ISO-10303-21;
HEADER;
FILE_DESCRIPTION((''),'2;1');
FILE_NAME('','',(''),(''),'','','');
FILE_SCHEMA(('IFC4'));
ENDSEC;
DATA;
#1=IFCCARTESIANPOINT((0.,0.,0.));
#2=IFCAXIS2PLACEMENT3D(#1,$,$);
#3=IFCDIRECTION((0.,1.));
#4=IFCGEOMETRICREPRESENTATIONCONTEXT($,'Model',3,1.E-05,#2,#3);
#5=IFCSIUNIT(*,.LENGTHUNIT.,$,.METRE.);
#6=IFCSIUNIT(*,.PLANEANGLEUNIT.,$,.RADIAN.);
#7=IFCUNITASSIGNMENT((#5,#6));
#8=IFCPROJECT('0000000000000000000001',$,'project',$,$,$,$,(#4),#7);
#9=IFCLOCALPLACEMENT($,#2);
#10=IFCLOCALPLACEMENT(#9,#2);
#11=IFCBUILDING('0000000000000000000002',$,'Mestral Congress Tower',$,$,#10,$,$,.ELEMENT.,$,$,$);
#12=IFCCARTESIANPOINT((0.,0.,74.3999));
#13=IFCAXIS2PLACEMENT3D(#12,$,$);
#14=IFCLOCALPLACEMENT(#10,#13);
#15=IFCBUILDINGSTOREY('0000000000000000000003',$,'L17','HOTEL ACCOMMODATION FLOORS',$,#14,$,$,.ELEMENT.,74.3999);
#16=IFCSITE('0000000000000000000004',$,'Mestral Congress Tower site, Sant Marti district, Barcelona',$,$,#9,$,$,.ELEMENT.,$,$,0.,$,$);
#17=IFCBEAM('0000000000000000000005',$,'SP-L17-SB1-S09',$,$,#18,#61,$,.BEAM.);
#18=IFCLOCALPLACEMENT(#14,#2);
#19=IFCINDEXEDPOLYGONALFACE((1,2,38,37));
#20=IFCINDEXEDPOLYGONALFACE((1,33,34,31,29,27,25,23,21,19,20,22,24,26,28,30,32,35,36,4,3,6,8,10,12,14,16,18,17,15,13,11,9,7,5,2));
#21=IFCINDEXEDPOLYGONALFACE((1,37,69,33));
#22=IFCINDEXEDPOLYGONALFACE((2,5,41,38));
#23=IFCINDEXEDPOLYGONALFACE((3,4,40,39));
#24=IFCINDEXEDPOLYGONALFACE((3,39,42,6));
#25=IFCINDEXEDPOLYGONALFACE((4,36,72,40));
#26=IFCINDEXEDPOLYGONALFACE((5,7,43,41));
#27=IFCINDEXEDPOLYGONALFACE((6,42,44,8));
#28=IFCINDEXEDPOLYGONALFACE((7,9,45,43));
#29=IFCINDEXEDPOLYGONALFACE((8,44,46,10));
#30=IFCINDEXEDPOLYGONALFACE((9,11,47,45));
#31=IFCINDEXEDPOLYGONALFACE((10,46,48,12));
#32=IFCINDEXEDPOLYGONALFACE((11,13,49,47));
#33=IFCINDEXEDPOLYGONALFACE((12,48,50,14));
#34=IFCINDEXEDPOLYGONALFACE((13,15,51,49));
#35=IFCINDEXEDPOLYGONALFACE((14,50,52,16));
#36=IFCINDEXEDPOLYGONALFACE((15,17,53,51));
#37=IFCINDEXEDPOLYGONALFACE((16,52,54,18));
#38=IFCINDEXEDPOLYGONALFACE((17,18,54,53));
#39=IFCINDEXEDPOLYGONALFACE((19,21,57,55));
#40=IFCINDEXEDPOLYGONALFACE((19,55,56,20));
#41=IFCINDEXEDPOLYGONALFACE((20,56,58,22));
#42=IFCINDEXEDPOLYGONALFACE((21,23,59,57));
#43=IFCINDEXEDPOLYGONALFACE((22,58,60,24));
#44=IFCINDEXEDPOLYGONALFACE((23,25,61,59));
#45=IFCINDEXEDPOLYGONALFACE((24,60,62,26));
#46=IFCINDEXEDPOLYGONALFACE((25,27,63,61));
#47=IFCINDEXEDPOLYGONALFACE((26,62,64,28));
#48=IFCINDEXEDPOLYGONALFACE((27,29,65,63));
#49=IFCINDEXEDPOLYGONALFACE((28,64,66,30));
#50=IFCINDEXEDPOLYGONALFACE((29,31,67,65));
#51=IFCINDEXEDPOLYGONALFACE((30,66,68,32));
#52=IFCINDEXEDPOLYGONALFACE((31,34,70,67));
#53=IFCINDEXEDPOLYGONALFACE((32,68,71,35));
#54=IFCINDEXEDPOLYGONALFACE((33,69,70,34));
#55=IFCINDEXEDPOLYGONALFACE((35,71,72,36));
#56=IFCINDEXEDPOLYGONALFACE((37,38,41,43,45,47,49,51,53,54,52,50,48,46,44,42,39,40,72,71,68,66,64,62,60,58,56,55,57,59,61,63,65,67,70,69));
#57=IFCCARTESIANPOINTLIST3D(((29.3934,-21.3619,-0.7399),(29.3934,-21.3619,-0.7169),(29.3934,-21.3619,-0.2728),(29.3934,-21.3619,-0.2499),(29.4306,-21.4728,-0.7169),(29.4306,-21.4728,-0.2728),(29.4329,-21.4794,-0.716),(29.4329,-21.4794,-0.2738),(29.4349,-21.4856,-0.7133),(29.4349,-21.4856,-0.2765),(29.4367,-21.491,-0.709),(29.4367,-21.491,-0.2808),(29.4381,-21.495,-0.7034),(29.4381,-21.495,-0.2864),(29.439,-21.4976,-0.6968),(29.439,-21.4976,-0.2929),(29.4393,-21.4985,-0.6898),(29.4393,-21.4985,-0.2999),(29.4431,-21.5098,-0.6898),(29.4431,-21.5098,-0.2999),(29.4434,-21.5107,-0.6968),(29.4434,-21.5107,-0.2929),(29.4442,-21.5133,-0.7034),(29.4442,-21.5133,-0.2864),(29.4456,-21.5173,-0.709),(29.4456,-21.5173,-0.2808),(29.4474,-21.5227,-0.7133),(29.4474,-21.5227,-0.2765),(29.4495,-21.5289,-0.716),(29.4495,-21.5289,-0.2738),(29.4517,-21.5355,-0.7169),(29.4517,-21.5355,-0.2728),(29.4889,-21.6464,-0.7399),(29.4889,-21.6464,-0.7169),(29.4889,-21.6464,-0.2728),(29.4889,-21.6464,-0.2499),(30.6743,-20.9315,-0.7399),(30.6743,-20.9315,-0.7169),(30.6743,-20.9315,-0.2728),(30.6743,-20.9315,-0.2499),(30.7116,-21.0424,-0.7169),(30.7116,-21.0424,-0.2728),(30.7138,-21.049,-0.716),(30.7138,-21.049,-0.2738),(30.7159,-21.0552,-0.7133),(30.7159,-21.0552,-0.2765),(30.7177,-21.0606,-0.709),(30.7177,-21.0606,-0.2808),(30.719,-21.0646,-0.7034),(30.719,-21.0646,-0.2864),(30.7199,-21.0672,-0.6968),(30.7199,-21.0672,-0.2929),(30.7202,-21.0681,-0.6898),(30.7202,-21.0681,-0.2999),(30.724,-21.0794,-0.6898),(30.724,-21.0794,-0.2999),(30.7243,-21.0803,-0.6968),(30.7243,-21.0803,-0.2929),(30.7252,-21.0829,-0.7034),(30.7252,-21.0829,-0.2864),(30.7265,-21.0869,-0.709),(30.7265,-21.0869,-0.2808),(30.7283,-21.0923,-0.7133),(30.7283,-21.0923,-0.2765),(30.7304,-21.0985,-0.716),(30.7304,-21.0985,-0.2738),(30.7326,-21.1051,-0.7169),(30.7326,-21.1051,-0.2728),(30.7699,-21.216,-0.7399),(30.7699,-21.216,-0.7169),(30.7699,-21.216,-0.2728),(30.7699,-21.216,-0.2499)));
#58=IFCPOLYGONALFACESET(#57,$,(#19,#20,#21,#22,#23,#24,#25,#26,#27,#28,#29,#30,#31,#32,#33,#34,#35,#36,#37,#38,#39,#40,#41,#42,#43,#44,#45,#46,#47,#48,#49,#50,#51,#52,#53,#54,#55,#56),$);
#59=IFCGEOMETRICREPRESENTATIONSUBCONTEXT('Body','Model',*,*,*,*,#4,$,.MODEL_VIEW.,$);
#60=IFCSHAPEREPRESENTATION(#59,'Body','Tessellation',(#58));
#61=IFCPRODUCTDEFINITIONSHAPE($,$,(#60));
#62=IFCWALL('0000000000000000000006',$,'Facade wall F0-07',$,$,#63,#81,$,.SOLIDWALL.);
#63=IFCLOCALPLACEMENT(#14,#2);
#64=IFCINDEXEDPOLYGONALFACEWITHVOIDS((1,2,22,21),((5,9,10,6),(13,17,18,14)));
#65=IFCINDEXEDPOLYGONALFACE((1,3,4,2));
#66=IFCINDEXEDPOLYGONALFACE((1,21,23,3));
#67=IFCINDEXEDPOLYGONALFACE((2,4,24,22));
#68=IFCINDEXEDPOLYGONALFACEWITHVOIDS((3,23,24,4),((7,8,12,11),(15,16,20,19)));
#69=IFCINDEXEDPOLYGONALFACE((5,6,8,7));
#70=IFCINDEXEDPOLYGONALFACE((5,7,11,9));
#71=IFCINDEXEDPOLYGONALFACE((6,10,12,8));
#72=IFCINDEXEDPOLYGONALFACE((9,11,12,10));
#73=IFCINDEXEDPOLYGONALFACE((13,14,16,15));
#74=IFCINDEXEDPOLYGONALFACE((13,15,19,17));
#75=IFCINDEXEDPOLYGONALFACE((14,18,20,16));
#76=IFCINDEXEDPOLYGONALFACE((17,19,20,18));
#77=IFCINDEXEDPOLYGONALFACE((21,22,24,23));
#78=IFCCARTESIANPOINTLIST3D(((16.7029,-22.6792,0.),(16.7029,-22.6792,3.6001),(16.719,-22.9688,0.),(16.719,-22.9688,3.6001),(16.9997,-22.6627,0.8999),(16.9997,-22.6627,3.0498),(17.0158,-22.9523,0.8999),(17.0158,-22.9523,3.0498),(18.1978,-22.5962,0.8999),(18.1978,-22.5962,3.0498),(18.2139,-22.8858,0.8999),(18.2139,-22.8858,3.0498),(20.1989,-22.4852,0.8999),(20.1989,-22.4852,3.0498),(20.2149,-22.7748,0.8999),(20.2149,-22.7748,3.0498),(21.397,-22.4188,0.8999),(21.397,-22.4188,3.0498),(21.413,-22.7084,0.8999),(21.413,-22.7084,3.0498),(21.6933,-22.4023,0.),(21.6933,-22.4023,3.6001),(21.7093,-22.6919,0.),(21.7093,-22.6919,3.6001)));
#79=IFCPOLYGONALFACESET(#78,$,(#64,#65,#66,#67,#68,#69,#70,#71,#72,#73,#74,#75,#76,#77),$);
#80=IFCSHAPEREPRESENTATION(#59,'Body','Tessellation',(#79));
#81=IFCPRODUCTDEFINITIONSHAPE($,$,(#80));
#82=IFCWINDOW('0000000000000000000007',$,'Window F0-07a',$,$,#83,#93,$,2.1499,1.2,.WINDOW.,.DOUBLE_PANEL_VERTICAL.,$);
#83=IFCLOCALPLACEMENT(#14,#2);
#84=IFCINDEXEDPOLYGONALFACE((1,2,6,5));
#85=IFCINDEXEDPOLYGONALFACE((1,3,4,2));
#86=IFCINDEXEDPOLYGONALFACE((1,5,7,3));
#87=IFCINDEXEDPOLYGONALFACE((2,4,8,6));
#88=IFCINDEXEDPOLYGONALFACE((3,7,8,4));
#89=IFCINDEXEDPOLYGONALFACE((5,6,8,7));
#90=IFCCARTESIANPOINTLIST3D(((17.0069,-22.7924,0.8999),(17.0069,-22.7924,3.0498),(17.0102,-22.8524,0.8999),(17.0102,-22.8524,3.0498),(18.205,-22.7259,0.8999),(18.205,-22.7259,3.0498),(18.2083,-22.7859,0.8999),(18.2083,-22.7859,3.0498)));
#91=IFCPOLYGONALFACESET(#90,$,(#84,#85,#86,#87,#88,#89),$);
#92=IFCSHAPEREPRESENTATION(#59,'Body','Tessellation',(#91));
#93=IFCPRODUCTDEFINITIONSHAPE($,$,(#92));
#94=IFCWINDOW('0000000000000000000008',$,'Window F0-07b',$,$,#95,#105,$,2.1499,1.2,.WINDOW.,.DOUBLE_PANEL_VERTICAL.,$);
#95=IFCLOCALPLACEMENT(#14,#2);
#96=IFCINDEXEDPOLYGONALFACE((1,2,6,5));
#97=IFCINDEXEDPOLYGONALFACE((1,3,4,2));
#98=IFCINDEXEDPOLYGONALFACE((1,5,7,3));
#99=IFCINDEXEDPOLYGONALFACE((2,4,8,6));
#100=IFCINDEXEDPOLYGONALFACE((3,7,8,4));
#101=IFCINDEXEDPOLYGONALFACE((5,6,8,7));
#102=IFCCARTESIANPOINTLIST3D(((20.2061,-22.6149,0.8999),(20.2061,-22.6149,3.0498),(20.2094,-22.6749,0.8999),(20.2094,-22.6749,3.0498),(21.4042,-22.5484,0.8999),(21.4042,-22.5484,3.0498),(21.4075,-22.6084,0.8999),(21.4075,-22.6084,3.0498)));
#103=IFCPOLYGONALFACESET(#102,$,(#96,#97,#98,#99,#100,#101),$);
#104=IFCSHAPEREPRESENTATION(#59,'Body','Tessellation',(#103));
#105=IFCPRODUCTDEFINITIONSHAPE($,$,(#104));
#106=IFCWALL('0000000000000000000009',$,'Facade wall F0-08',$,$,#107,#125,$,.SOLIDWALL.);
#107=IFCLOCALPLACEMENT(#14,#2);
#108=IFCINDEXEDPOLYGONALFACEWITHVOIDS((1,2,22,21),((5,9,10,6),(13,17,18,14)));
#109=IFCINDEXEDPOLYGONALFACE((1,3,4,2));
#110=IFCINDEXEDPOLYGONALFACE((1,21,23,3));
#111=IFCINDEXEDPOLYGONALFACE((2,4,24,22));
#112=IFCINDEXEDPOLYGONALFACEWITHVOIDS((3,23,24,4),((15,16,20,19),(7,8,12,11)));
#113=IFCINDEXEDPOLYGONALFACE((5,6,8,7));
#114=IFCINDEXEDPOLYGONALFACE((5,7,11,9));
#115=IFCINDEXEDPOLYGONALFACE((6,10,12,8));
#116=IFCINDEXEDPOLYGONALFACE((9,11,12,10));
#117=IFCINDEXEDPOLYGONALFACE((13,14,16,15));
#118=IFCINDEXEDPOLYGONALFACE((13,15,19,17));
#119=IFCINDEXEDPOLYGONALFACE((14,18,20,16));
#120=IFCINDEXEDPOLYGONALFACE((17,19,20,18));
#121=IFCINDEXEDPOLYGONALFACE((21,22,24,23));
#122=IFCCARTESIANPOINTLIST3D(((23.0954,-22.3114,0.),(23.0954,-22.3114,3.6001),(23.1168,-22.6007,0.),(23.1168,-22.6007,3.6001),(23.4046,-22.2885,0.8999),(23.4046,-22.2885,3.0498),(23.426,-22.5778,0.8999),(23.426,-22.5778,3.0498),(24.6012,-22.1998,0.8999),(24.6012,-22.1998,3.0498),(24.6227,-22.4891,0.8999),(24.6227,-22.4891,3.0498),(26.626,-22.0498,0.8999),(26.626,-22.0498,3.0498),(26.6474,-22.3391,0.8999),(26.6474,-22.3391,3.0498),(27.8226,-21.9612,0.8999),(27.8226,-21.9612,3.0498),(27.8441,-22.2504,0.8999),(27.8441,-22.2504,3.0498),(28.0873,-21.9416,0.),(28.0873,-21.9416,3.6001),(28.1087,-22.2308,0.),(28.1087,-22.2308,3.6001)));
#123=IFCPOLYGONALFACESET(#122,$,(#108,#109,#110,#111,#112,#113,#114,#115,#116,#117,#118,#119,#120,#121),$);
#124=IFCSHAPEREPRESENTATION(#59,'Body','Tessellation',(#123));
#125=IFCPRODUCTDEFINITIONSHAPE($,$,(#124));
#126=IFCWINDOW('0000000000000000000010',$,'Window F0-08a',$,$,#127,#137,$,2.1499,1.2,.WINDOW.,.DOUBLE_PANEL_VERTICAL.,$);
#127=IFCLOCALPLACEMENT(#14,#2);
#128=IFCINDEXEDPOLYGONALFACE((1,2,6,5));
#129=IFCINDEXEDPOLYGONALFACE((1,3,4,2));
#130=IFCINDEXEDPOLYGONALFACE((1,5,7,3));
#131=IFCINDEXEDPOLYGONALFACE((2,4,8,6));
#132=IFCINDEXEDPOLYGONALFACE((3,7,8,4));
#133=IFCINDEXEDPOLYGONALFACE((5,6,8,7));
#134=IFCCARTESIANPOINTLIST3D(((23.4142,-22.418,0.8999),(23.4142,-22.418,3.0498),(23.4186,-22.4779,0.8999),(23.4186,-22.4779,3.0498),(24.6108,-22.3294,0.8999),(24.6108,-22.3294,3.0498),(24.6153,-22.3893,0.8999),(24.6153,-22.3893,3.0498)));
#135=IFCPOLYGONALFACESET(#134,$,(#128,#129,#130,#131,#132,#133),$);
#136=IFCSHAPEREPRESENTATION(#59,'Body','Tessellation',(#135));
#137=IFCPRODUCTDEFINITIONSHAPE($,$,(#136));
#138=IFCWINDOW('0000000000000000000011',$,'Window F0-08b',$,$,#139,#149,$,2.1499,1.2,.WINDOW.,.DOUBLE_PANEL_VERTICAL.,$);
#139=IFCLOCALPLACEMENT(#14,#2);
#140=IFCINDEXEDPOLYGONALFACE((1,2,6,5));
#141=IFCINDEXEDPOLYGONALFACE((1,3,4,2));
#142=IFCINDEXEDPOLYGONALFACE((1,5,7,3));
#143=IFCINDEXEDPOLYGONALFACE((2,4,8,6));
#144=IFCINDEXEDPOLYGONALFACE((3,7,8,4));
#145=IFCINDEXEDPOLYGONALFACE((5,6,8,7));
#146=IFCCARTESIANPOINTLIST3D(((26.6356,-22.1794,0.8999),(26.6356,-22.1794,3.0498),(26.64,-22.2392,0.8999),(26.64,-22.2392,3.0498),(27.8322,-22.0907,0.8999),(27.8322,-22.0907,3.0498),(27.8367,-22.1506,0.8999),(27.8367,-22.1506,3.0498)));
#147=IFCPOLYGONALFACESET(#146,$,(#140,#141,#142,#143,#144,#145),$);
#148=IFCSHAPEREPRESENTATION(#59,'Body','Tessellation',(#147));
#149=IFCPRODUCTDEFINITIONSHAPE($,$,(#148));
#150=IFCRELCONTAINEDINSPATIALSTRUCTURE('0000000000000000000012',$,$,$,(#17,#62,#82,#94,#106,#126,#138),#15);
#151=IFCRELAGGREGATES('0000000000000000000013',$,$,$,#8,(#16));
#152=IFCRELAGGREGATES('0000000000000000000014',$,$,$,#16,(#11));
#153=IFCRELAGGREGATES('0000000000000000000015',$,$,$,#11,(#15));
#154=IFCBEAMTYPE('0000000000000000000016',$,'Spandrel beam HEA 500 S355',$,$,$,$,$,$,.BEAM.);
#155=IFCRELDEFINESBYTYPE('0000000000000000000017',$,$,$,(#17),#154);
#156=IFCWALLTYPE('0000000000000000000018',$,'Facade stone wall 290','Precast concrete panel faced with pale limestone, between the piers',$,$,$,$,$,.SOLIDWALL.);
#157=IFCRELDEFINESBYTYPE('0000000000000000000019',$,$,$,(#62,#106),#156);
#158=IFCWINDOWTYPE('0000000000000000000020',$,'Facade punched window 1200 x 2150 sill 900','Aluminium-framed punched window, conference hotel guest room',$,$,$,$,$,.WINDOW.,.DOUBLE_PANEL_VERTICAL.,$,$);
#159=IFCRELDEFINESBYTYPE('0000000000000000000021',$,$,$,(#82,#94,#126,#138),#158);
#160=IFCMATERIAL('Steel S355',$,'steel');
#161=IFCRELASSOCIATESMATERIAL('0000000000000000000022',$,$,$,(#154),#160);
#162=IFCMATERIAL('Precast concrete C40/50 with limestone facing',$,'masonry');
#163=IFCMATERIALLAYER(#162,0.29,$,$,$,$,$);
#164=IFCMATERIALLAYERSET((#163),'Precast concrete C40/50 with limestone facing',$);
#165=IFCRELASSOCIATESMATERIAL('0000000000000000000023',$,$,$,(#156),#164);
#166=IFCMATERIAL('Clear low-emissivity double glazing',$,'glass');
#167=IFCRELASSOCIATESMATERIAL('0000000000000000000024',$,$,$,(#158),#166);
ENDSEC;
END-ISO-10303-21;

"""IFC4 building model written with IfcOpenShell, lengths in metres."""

from ifc_helpers import new_model, si_unit, direction, frame, frame_2d, origin, origin_2d, place, context, subcontext, project, spatial, rectangle, i_section, extrude, material, layer, layer_set, material_profile, profile_set, type_object, element, fill, save


model = new_model("IFC4")

# Units and contexts
model_context = context("Model", 3, precision=1e-05, world=origin(), true_north=direction((0.0, 1.0)))
body_context = subcontext(model_context, "Body", "Model", "MODEL_VIEW")
ifc_project = project(units=[si_unit("LENGTHUNIT", "METRE"), si_unit("PLANEANGLEUNIT", "RADIAN")], contexts=[model_context])

# Site, building, storey
site_placement = place(None, origin())
site = spatial("IfcSite", under=ifc_project, at=site_placement, Name="Mestral Congress Tower site, Sant Marti district, Barcelona", CompositionType="ELEMENT", RefElevation=0.0)
building_placement = place(site_placement, origin())
building = spatial("IfcBuilding", under=site, at=building_placement, Name="Mestral Congress Tower", CompositionType="ELEMENT")
storey_placement = place(building_placement, frame((0.0, 0.0, 74.3999)))
storey = spatial("IfcBuildingStorey", under=building, at=storey_placement, Name="L17", Description="HOTEL ACCOMMODATION FLOORS", CompositionType="ELEMENT", Elevation=74.3999)

# Beam
ifc_material_1 = material(Name="Steel S355", Category="steel")
ifc_material_profile_1 = material_profile(ifc_material_1, i_section(OverallWidth=0.3, OverallDepth=0.49, WebThickness=0.012, FlangeThickness=0.0229, FilletRadius=0.0271, at=origin_2d()), Name="HEA 500")
ifc_profile_set_1 = profile_set([ifc_material_profile_1], Name="Steel S355")
beam_type_1 = type_object("IfcBeamType", Name="Spandrel beam HEA 500 S355", PredefinedType="BEAM", material=ifc_profile_set_1)
beam_1_placement = place(storey_placement, frame((29.4412, -21.5042, -0.4949), z_axis=(0.947922, 0.318503, 0.0), x_axis=(-0.318503, 0.947922, 0.0)))
element("IfcBeam", 1, at=beam_1_placement, inside=storey, type_object=beam_type_1, Name="SP-L17-SB1-S09", PredefinedType="BEAM", context=body_context, shape_type="SweptSolid", body=[
    extrude(i_section(OverallWidth=0.3, OverallDepth=0.49, WebThickness=0.012, FlangeThickness=0.0229, FilletRadius=0.0271, at=origin_2d()), origin(), (0.0, 0.0, 1.0), 1.3513),
])

# Walls, openings, windows
ifc_material_2 = material(Name="Precast concrete C40/50 with limestone facing", Category="masonry")
ifc_layer_1 = layer(ifc_material_2, 0.29)
ifc_layer_set_1 = layer_set([ifc_layer_1], Name="Precast concrete C40/50 with limestone facing")
wall_type_1 = type_object("IfcWallType", Name="Facade stone wall 290", Description="Precast concrete panel faced with pale limestone, between the piers", PredefinedType="SOLIDWALL", material=ifc_layer_set_1)
wall_1_placement = place(storey_placement, frame((16.7109, -22.824, 0.0), z_axis=(0.0, 0.0, 1.0), x_axis=(0.998465, 0.055392, 0.0)))
wall_1 = element("IfcWall", 2, at=wall_1_placement, inside=storey, type_object=wall_type_1, Name="Facade wall F0-07", PredefinedType="SOLIDWALL", context=body_context, shape_type="SweptSolid", body=[
    extrude(rectangle(XDim=4.998, YDim=0.29, at=frame_2d((2.499, 0.0))), origin(), (0.0, 0.0, 1.0), 3.6001),
])
opening_1_placement = place(wall_1_placement, frame((0.2971, 0.0, 0.8999)))
opening_1 = element("IfcOpeningElement", 3, at=opening_1_placement, cuts=wall_1, PredefinedType="OPENING", context=body_context, shape_type="SweptSolid", body=[
    extrude(rectangle(XDim=1.2, YDim=2.1499, at=frame_2d((0.6001, 1.075))), frame((0.0, 0.155, 0.0), z_axis=(0.0, -1.0, 0.0), x_axis=(1.0, 0.0, 0.0)), (0.0, 0.0, 1.0), 0.3101),
])
opening_2_placement = place(wall_1_placement, frame((3.5012, 0.0, 0.8999)))
opening_2 = element("IfcOpeningElement", 4, at=opening_2_placement, cuts=wall_1, PredefinedType="OPENING", context=body_context, shape_type="SweptSolid", body=[
    extrude(rectangle(XDim=1.2, YDim=2.1499, at=frame_2d((0.6001, 1.075))), frame((0.0, 0.155, 0.0), z_axis=(0.0, -1.0, 0.0), x_axis=(1.0, 0.0, 0.0)), (0.0, 0.0, 1.0), 0.3101),
])
ifc_material_3 = material(Name="Clear low-emissivity double glazing", Category="glass")
window_type_1 = type_object("IfcWindowType", Name="Facade punched window 1200 x 2150 sill 900", Description="Aluminium-framed punched window, conference hotel guest room", PartitioningType="DOUBLE_PANEL_VERTICAL", PredefinedType="WINDOW", material=ifc_material_3)
window_1_placement = place(opening_1_placement, origin())
window_1 = element("IfcWindow", 5, at=window_1_placement, inside=storey, type_object=window_type_1, Name="Window F0-07a", OverallHeight=2.1499, OverallWidth=1.2, PartitioningType="DOUBLE_PANEL_VERTICAL", PredefinedType="WINDOW", context=body_context, shape_type="SweptSolid", body=[
    extrude(rectangle(XDim=1.2, YDim=2.1499, at=frame_2d((0.6001, 1.075))), frame((0.0, 0.0151, 0.0), z_axis=(0.0, -1.0, 0.0), x_axis=(1.0, 0.0, 0.0)), (0.0, 0.0, 1.0), 0.0601),
])
fill(opening_1, window_1)
window_2_placement = place(opening_2_placement, origin())
window_2 = element("IfcWindow", 6, at=window_2_placement, inside=storey, type_object=window_type_1, Name="Window F0-07b", OverallHeight=2.1499, OverallWidth=1.2, PartitioningType="DOUBLE_PANEL_VERTICAL", PredefinedType="WINDOW", context=body_context, shape_type="SweptSolid", body=[
    extrude(rectangle(XDim=1.2, YDim=2.1499, at=frame_2d((0.6001, 1.075))), frame((0.0, 0.0151, 0.0), z_axis=(0.0, -1.0, 0.0), x_axis=(1.0, 0.0, 0.0)), (0.0, 0.0, 1.0), 0.0601),
])
fill(opening_2, window_2)
wall_2_placement = place(storey_placement, frame((23.106, -22.4561, 0.0), z_axis=(0.0, 0.0, 1.0), x_axis=(0.997266, 0.073891, 0.0)))
wall_2 = element("IfcWall", 7, at=wall_2_placement, inside=storey, type_object=wall_type_1, Name="Facade wall F0-08", PredefinedType="SOLIDWALL", context=body_context, shape_type="SweptSolid", body=[
    extrude(rectangle(XDim=5.0056, YDim=0.29, at=frame_2d((2.5029, 0.0))), origin(), (0.0, 0.0, 1.0), 3.6001),
])
opening_3_placement = place(wall_2_placement, frame((0.3101, 0.0, 0.8999)))
opening_3 = element("IfcOpeningElement", 8, at=opening_3_placement, cuts=wall_2, PredefinedType="OPENING", context=body_context, shape_type="SweptSolid", body=[
    extrude(rectangle(XDim=1.2, YDim=2.1499, at=frame_2d((0.6001, 1.075))), frame((0.0, 0.155, 0.0), z_axis=(0.0, -1.0, 0.0), x_axis=(1.0, 0.0, 0.0)), (0.0, 0.0, 1.0), 0.3101),
])
opening_4_placement = place(wall_2_placement, frame((3.5403, 0.0, 0.8999)))
opening_4 = element("IfcOpeningElement", 9, at=opening_4_placement, cuts=wall_2, PredefinedType="OPENING", context=body_context, shape_type="SweptSolid", body=[
    extrude(rectangle(XDim=1.2, YDim=2.1499, at=frame_2d((0.6001, 1.075))), frame((0.0, 0.155, 0.0), z_axis=(0.0, -1.0, 0.0), x_axis=(1.0, 0.0, 0.0)), (0.0, 0.0, 1.0), 0.3101),
])
window_3_placement = place(opening_3_placement, origin())
window_3 = element("IfcWindow", 10, at=window_3_placement, inside=storey, type_object=window_type_1, Name="Window F0-08a", OverallHeight=2.1499, OverallWidth=1.2, PartitioningType="DOUBLE_PANEL_VERTICAL", PredefinedType="WINDOW", context=body_context, shape_type="SweptSolid", body=[
    extrude(rectangle(XDim=1.2, YDim=2.1499, at=frame_2d((0.6001, 1.075))), frame((0.0, 0.0151, 0.0), z_axis=(0.0, -1.0, 0.0), x_axis=(1.0, 0.0, 0.0)), (0.0, 0.0, 1.0), 0.0601),
])
fill(opening_3, window_3)
window_4_placement = place(opening_4_placement, origin())
window_4 = element("IfcWindow", 11, at=window_4_placement, inside=storey, type_object=window_type_1, Name="Window F0-08b", OverallHeight=2.1499, OverallWidth=1.2, PartitioningType="DOUBLE_PANEL_VERTICAL", PredefinedType="WINDOW", context=body_context, shape_type="SweptSolid", body=[
    extrude(rectangle(XDim=1.2, YDim=2.1499, at=frame_2d((0.6001, 1.075))), frame((0.0, 0.0151, 0.0), z_axis=(0.0, -1.0, 0.0), x_axis=(1.0, 0.0, 0.0)), (0.0, 0.0, 1.0), 0.0601),
])
fill(opening_4, window_4)

save(model, "model.ifc")
